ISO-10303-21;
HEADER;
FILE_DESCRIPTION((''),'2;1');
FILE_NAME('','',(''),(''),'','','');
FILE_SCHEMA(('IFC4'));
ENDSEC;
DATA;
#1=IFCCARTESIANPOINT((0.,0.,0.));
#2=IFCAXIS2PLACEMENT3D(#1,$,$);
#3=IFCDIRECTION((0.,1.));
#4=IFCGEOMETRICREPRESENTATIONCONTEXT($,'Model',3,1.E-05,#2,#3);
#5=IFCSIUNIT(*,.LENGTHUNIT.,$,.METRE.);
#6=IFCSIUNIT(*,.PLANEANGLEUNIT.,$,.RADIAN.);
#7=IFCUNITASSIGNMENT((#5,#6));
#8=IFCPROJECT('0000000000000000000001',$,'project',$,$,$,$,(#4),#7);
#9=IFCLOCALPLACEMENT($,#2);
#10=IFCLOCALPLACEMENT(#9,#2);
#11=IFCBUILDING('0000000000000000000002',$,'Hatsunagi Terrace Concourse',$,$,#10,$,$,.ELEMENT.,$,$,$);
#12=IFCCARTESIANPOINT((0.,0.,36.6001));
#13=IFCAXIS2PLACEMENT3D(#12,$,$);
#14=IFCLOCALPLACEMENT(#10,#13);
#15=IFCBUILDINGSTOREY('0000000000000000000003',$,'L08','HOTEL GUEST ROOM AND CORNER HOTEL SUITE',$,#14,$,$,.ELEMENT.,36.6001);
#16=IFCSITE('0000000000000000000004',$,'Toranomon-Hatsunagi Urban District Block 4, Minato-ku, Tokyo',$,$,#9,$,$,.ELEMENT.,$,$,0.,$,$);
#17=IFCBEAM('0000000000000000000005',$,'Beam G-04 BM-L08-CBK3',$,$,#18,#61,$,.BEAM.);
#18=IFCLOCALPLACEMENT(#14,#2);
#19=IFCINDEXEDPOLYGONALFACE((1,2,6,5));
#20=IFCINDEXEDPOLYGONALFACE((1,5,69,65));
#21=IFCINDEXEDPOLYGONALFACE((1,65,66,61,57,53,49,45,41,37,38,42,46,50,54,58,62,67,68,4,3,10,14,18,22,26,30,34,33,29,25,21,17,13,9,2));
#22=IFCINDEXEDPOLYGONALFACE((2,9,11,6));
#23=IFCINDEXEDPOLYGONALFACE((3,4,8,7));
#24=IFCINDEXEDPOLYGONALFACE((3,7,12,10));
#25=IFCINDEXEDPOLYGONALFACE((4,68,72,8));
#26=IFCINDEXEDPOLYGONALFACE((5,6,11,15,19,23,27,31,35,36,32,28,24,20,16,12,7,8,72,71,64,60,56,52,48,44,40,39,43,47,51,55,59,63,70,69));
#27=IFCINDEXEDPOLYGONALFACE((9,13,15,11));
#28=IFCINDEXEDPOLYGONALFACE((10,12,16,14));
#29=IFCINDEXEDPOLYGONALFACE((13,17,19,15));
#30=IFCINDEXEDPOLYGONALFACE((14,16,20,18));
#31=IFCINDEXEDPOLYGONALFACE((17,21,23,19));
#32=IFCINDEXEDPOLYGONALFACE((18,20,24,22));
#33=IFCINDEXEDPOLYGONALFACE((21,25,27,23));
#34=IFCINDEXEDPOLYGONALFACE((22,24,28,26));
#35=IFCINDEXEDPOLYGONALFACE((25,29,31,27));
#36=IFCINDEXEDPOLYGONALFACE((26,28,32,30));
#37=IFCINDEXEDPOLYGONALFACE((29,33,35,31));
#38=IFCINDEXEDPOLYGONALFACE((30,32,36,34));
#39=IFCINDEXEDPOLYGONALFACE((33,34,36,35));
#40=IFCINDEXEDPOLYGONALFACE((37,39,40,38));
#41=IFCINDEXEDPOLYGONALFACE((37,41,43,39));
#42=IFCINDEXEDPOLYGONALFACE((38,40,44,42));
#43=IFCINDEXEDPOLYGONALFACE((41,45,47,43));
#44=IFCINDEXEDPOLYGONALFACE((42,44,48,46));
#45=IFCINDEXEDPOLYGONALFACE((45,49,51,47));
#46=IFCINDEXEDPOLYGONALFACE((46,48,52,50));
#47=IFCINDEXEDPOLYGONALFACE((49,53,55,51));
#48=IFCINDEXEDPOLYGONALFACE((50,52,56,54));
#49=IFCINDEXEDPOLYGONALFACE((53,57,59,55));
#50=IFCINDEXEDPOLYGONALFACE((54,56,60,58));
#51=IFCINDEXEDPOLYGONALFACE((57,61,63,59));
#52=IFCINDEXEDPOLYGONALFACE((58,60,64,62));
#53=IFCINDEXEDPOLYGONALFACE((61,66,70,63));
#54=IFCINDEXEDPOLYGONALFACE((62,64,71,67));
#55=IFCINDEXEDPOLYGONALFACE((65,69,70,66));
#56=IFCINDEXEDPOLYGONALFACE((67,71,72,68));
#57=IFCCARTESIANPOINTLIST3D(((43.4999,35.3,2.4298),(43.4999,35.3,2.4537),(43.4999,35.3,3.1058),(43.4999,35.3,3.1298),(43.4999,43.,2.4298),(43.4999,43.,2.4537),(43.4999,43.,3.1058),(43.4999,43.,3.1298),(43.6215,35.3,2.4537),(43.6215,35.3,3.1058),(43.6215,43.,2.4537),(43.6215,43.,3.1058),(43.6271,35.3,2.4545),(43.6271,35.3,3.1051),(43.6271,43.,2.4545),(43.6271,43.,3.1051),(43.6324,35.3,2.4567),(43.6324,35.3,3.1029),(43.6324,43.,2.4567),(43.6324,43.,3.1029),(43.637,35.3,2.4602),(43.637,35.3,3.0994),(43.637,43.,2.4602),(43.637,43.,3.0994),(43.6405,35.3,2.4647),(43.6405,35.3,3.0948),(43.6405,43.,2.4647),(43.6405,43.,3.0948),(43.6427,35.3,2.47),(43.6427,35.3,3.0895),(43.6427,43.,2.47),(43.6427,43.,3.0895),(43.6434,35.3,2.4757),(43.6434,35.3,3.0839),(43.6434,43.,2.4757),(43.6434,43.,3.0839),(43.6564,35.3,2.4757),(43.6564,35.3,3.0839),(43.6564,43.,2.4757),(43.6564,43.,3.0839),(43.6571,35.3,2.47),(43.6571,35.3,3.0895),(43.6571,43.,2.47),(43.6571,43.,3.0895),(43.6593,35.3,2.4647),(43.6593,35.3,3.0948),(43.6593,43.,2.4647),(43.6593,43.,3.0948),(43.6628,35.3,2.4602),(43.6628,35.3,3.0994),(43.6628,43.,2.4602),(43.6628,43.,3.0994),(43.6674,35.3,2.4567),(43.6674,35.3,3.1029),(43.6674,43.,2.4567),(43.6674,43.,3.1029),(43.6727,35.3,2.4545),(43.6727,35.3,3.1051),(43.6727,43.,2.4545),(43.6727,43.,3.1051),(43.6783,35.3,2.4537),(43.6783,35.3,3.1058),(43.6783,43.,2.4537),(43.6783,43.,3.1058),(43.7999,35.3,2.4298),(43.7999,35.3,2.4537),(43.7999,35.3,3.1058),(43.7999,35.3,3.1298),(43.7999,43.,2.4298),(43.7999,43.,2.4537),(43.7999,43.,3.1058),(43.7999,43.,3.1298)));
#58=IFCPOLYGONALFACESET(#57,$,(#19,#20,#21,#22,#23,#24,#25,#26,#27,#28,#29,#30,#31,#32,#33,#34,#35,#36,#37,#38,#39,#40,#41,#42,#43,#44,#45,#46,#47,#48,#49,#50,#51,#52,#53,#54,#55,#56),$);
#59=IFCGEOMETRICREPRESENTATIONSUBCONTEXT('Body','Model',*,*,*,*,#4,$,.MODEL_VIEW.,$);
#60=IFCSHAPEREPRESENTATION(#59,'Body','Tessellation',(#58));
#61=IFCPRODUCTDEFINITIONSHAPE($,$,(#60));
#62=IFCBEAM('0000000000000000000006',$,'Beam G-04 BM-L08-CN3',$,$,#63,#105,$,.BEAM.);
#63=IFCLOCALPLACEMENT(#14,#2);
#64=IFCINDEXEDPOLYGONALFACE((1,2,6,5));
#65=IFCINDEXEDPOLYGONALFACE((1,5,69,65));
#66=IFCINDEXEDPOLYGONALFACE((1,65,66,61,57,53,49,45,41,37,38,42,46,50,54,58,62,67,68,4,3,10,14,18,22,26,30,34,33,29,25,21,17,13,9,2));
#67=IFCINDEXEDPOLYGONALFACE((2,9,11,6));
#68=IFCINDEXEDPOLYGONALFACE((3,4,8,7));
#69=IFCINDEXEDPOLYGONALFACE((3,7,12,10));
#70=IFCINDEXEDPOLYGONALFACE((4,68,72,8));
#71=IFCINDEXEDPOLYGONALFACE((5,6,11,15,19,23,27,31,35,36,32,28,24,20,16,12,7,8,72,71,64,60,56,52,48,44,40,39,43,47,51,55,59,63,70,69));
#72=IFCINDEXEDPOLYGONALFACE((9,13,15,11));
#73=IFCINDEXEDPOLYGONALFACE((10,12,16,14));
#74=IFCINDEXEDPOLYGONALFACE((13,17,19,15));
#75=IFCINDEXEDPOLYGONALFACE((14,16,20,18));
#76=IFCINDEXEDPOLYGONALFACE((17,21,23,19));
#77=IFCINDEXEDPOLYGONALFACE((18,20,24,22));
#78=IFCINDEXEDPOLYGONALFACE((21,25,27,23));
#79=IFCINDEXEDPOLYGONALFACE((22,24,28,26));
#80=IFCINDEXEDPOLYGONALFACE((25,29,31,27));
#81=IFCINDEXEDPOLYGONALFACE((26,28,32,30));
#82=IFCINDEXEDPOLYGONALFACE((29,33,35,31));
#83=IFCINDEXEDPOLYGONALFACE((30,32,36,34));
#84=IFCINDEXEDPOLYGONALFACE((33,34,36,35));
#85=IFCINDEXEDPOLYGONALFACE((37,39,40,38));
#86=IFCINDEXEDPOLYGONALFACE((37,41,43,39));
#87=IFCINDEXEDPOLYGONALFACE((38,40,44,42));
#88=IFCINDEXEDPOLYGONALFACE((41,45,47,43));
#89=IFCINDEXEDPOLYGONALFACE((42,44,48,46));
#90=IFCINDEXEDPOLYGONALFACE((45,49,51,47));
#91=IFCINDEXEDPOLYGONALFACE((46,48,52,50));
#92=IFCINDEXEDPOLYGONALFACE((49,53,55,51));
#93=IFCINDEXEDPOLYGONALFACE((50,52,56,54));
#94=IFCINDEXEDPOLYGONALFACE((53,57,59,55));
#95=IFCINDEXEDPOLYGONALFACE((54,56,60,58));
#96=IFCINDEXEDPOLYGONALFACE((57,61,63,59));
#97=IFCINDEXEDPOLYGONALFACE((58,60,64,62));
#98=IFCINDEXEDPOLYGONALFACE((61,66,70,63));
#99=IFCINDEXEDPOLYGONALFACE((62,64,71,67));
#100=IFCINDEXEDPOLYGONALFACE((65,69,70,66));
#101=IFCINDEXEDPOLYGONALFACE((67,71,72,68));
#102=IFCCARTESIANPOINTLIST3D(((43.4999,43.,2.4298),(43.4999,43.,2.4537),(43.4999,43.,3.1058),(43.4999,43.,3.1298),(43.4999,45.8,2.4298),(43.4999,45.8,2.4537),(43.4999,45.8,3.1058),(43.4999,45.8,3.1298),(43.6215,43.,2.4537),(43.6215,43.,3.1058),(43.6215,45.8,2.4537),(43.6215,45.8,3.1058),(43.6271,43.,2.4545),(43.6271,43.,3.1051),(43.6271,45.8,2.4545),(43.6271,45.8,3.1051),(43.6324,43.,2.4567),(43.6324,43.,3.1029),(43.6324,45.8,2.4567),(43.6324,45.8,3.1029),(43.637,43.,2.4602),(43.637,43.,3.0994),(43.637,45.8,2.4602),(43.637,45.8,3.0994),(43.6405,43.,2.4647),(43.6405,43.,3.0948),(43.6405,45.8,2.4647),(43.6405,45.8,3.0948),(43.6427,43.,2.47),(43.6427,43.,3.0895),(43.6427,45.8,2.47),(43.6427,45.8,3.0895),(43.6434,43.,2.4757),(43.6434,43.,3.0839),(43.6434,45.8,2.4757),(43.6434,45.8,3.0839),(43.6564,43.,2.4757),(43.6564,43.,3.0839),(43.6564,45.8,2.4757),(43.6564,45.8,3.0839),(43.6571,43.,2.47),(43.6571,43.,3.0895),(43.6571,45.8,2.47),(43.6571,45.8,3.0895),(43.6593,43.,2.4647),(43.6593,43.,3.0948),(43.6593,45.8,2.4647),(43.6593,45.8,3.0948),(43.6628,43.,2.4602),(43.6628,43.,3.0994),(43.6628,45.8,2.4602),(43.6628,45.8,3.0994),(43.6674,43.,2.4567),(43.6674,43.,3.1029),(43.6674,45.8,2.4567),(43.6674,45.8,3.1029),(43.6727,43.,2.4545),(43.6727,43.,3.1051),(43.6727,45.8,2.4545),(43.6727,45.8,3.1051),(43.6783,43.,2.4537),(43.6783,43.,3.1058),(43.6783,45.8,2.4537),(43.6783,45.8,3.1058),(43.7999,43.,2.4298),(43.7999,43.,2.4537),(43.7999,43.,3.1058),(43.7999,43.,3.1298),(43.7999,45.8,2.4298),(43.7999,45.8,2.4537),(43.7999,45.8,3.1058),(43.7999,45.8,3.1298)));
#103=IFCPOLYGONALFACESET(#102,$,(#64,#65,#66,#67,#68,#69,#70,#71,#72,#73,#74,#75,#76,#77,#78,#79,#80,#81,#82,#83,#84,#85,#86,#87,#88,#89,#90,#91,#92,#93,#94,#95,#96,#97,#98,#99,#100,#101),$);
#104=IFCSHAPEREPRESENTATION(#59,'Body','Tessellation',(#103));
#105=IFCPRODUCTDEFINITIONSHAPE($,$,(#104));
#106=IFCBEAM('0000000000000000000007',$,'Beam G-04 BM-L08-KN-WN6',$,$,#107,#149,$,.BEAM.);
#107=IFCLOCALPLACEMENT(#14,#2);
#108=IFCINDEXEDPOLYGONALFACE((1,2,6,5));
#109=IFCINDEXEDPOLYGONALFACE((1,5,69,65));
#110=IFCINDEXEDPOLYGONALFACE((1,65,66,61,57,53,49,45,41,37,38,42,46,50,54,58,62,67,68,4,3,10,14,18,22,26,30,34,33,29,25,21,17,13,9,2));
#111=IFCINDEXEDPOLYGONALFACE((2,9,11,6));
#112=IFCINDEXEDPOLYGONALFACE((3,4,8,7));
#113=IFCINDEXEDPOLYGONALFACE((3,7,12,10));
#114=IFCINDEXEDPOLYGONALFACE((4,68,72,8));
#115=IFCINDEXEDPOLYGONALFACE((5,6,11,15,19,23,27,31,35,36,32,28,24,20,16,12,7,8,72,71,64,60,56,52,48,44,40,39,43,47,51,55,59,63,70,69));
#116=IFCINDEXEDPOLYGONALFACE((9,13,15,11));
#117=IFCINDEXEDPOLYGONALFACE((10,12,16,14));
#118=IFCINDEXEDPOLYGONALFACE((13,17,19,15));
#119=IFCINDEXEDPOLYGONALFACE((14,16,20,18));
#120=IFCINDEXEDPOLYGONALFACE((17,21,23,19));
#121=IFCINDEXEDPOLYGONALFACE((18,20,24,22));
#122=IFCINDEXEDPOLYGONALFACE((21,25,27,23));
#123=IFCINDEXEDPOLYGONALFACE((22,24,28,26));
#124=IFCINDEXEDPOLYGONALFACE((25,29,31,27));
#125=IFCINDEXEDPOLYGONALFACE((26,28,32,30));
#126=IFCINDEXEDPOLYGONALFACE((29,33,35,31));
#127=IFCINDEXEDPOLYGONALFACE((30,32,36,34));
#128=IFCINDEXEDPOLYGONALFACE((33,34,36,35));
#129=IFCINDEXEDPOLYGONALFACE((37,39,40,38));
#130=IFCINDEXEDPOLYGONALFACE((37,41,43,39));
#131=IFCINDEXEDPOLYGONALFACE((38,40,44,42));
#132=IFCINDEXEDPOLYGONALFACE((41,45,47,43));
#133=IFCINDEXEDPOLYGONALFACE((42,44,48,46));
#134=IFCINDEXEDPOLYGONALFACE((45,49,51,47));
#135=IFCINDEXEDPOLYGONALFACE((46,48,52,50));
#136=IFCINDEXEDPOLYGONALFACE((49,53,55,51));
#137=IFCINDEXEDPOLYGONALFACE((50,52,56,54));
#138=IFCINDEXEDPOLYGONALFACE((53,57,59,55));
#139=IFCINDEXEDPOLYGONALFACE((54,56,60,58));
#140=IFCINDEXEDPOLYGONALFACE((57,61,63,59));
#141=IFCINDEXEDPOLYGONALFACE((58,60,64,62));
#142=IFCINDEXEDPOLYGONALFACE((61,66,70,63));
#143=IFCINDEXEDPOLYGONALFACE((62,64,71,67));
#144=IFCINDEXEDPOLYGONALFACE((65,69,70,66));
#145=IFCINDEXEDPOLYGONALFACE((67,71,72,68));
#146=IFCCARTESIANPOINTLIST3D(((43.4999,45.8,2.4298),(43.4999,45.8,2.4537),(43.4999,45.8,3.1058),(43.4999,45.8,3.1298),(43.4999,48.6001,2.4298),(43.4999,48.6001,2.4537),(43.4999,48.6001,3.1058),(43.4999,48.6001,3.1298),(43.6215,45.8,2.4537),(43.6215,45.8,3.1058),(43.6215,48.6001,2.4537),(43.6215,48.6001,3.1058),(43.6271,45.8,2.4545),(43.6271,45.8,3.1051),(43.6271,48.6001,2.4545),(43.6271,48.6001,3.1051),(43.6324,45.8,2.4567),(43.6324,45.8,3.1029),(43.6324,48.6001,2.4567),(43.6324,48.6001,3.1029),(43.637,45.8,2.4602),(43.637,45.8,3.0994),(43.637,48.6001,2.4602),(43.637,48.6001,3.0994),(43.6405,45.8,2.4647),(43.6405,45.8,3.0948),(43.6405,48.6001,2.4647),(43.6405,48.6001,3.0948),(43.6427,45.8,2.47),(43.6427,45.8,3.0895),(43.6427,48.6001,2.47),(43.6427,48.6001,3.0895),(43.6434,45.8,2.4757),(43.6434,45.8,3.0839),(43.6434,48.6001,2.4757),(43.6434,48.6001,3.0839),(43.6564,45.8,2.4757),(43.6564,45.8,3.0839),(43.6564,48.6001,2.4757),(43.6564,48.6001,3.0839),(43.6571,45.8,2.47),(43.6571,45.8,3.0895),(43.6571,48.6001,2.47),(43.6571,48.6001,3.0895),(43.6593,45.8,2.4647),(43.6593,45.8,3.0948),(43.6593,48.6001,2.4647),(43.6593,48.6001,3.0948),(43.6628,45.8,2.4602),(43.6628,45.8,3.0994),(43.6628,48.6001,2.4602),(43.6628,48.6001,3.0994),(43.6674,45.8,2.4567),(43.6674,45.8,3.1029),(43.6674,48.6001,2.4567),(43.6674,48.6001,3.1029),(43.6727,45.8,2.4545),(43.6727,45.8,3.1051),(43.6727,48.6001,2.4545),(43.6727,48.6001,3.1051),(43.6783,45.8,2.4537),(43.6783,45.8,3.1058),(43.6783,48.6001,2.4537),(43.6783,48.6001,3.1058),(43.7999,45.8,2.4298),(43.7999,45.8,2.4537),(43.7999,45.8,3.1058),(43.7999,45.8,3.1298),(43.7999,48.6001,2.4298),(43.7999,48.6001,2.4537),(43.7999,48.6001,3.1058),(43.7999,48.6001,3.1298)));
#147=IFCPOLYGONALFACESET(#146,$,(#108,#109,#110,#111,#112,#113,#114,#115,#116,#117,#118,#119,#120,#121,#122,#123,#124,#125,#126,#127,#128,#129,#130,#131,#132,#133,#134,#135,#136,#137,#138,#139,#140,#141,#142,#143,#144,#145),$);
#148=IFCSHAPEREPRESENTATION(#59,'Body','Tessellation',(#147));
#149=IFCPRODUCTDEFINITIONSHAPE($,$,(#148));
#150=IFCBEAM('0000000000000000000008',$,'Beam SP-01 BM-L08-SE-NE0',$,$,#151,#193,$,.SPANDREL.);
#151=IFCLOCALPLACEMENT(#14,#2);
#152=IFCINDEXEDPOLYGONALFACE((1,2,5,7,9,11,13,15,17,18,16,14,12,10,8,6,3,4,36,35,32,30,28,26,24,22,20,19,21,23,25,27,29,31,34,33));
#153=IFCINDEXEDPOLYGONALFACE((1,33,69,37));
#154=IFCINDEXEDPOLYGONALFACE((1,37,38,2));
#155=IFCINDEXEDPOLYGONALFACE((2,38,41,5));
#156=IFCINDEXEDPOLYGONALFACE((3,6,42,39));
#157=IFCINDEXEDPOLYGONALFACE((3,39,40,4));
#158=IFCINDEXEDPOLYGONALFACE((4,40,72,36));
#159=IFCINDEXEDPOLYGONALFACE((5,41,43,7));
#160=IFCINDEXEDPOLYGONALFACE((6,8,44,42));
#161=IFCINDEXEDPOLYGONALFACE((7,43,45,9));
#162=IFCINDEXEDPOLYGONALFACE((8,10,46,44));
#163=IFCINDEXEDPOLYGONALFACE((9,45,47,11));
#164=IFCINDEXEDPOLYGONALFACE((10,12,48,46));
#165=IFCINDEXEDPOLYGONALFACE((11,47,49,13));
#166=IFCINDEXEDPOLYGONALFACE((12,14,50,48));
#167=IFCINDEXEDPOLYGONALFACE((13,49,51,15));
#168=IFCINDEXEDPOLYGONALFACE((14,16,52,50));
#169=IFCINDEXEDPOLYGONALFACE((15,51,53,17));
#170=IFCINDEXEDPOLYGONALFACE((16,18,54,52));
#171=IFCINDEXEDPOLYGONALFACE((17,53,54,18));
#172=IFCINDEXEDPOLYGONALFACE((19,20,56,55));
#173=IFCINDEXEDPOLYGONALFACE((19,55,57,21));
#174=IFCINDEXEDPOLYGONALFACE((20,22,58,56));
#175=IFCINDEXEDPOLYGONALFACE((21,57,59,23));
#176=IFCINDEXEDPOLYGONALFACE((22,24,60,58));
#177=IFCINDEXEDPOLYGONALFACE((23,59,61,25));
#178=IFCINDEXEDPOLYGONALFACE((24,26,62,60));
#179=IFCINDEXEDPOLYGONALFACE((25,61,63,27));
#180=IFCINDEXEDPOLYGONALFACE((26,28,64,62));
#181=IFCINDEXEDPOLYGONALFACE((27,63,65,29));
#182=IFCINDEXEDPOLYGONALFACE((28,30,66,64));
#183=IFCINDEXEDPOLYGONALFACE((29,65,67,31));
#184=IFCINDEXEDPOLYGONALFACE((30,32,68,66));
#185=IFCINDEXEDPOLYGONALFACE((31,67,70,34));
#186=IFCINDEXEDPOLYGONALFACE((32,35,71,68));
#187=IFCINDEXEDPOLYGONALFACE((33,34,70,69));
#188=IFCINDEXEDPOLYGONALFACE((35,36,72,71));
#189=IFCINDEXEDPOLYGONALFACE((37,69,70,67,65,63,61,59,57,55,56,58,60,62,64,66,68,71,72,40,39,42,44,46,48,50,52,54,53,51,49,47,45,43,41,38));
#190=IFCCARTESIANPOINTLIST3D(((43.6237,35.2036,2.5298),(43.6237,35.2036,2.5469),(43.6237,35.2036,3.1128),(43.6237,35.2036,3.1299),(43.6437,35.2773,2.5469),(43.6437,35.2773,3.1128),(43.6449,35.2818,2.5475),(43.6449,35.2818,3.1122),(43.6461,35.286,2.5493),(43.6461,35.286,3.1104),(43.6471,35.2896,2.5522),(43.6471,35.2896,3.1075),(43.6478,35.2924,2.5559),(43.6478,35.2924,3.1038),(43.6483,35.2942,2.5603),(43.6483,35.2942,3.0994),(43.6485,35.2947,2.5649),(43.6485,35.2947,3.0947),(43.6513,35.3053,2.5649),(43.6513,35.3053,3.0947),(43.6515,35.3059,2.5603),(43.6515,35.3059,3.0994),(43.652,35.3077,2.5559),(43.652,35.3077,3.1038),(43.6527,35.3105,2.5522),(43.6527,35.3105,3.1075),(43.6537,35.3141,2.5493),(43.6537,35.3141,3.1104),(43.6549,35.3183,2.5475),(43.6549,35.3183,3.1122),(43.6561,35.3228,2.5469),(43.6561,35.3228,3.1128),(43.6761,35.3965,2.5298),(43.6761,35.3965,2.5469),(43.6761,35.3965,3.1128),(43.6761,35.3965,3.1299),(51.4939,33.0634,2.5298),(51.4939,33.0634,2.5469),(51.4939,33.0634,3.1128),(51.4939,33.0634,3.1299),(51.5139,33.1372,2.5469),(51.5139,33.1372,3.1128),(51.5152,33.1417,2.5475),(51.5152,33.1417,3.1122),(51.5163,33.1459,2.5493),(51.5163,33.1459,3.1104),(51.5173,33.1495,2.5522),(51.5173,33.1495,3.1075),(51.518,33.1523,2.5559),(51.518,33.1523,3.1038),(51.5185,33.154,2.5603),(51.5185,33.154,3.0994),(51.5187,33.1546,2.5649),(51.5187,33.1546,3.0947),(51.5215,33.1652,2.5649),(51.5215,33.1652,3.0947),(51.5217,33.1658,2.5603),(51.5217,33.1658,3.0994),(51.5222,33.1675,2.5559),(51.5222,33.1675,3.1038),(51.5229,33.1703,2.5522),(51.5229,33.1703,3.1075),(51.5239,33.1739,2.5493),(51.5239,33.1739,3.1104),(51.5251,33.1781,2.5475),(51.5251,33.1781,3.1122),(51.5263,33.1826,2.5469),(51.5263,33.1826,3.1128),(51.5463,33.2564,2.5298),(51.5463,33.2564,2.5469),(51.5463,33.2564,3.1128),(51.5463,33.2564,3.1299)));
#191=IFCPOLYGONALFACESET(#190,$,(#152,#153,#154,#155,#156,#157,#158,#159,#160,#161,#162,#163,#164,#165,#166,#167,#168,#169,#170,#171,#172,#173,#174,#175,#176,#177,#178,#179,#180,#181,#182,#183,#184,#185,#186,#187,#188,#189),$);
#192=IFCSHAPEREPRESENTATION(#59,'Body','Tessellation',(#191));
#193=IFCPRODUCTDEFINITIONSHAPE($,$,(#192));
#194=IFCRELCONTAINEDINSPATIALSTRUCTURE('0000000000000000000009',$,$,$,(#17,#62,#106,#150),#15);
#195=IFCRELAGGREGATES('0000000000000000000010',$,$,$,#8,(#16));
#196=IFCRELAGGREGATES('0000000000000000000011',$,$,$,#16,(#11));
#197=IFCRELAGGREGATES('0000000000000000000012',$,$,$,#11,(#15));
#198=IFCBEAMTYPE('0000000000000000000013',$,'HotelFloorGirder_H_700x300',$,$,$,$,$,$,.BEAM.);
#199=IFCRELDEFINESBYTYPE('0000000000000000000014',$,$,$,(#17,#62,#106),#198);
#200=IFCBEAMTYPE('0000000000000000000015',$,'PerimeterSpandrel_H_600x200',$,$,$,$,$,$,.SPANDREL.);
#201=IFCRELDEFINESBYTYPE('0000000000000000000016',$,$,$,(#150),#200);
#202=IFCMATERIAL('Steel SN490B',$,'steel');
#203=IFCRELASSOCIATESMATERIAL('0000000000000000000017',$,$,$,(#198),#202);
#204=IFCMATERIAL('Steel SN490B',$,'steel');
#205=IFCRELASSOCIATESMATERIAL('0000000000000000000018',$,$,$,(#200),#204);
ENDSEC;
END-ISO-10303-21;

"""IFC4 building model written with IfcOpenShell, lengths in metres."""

from ifc_helpers import new_model, si_unit, direction, frame, origin, origin_2d, place, context, subcontext, project, spatial, i_section, extrude, material, material_profile, profile_set, type_object, element, save


model = new_model("IFC4")

# Units and contexts
model_context = context("Model", 3, precision=1e-05, world=origin(), true_north=direction((0.0, 1.0)))
body_context = subcontext(model_context, "Body", "Model", "MODEL_VIEW")
ifc_project = project(units=[si_unit("LENGTHUNIT", "METRE"), si_unit("PLANEANGLEUNIT", "RADIAN")], contexts=[model_context])

# Site, building, storey
site_placement = place(None, origin())
site = spatial("IfcSite", under=ifc_project, at=site_placement, Name="Toranomon-Hatsunagi Urban District Block 4, Minato-ku, Tokyo", CompositionType="ELEMENT", RefElevation=0.0)
building_placement = place(site_placement, origin())
building = spatial("IfcBuilding", under=site, at=building_placement, Name="Hatsunagi Terrace Concourse", CompositionType="ELEMENT")
storey_placement = place(building_placement, frame((0.0, 0.0, 36.6001)))
storey = spatial("IfcBuildingStorey", under=building, at=storey_placement, Name="L08", Description="HOTEL GUEST ROOM AND CORNER HOTEL SUITE", CompositionType="ELEMENT", Elevation=36.6001)

# Beams
ifc_material_1 = material(Name="Steel SN490B", Category="steel")
ifc_material_profile_1 = material_profile(ifc_material_1, i_section(OverallWidth=0.3, OverallDepth=0.7, WebThickness=0.0129, FlangeThickness=0.0239, FilletRadius=0.022, at=origin_2d()), Name="H-700x300x13x24")
ifc_profile_set_1 = profile_set([ifc_material_profile_1], Name="Steel SN490B")
beam_type_1 = type_object("IfcBeamType", Name="HotelFloorGirder_H_700x300", PredefinedType="BEAM", material=ifc_profile_set_1)
beam_1_placement = place(storey_placement, frame((43.6499, 35.3, 2.7798), z_axis=(0.0, 1.0, 0.0), x_axis=(-1.0, 0.0, 0.0)))
element("IfcBeam", 1, at=beam_1_placement, inside=storey, type_object=beam_type_1, Name="Beam G-04 BM-L08-CBK3", PredefinedType="BEAM", context=body_context, shape_type="SweptSolid", body=[
    extrude(i_section(OverallWidth=0.3, OverallDepth=0.7, WebThickness=0.0129, FlangeThickness=0.0239, FilletRadius=0.022, at=origin_2d()), origin(), (0.0, 0.0, 1.0), 7.7),
])
for number, where, z_axis, x_axis, name in (
    (2, (43.6499, 43.0, 2.7798), (0.0, 1.0, 0.0), (-1.0, 0.0, 0.0), "Beam G-04 BM-L08-CN3"),
    (3, (43.6499, 45.8, 2.7798), (0.0, 1.0, 0.0), (-1.0, 0.0, 0.0), "Beam G-04 BM-L08-KN-WN6"),
):
    element("IfcBeam", number, at=place(storey_placement, frame(where, z_axis=z_axis, x_axis=x_axis)), inside=storey, type_object=beam_type_1, Name=name, PredefinedType="BEAM", context=body_context, shape_type="SweptSolid", body=[
        extrude(i_section(OverallWidth=0.3, OverallDepth=0.7, WebThickness=0.0129, FlangeThickness=0.0239, FilletRadius=0.022, at=origin_2d()), origin(), (0.0, 0.0, 1.0), 2.8),
    ])
ifc_material_2 = material(Name="Steel SN490B", Category="steel")
ifc_material_profile_2 = material_profile(ifc_material_2, i_section(OverallWidth=0.2, OverallDepth=0.6001, WebThickness=0.011, FlangeThickness=0.0171, FilletRadius=0.0181, at=origin_2d()), Name="H-600x200x11x17")
ifc_profile_set_2 = profile_set([ifc_material_profile_2], Name="Steel SN490B")
beam_type_2 = type_object("IfcBeamType", Name="PerimeterSpandrel_H_600x200", PredefinedType="SPANDREL", material=ifc_profile_set_2)
beam_2_placement = place(storey_placement, frame((43.6499, 35.3, 2.8298), z_axis=(0.964958, -0.262403, 0.0), x_axis=(0.262403, 0.964958, 0.0)))
element("IfcBeam", 4, at=beam_2_placement, inside=storey, type_object=beam_type_2, Name="Beam SP-01 BM-L08-SE-NE0", PredefinedType="SPANDREL", context=body_context, shape_type="SweptSolid", body=[
    extrude(i_section(OverallWidth=0.2, OverallDepth=0.6001, WebThickness=0.011, FlangeThickness=0.0171, FilletRadius=0.0181, at=origin_2d()), origin(), (0.0, 0.0, 1.0), 8.156),
])

save(model, "model.ifc")
